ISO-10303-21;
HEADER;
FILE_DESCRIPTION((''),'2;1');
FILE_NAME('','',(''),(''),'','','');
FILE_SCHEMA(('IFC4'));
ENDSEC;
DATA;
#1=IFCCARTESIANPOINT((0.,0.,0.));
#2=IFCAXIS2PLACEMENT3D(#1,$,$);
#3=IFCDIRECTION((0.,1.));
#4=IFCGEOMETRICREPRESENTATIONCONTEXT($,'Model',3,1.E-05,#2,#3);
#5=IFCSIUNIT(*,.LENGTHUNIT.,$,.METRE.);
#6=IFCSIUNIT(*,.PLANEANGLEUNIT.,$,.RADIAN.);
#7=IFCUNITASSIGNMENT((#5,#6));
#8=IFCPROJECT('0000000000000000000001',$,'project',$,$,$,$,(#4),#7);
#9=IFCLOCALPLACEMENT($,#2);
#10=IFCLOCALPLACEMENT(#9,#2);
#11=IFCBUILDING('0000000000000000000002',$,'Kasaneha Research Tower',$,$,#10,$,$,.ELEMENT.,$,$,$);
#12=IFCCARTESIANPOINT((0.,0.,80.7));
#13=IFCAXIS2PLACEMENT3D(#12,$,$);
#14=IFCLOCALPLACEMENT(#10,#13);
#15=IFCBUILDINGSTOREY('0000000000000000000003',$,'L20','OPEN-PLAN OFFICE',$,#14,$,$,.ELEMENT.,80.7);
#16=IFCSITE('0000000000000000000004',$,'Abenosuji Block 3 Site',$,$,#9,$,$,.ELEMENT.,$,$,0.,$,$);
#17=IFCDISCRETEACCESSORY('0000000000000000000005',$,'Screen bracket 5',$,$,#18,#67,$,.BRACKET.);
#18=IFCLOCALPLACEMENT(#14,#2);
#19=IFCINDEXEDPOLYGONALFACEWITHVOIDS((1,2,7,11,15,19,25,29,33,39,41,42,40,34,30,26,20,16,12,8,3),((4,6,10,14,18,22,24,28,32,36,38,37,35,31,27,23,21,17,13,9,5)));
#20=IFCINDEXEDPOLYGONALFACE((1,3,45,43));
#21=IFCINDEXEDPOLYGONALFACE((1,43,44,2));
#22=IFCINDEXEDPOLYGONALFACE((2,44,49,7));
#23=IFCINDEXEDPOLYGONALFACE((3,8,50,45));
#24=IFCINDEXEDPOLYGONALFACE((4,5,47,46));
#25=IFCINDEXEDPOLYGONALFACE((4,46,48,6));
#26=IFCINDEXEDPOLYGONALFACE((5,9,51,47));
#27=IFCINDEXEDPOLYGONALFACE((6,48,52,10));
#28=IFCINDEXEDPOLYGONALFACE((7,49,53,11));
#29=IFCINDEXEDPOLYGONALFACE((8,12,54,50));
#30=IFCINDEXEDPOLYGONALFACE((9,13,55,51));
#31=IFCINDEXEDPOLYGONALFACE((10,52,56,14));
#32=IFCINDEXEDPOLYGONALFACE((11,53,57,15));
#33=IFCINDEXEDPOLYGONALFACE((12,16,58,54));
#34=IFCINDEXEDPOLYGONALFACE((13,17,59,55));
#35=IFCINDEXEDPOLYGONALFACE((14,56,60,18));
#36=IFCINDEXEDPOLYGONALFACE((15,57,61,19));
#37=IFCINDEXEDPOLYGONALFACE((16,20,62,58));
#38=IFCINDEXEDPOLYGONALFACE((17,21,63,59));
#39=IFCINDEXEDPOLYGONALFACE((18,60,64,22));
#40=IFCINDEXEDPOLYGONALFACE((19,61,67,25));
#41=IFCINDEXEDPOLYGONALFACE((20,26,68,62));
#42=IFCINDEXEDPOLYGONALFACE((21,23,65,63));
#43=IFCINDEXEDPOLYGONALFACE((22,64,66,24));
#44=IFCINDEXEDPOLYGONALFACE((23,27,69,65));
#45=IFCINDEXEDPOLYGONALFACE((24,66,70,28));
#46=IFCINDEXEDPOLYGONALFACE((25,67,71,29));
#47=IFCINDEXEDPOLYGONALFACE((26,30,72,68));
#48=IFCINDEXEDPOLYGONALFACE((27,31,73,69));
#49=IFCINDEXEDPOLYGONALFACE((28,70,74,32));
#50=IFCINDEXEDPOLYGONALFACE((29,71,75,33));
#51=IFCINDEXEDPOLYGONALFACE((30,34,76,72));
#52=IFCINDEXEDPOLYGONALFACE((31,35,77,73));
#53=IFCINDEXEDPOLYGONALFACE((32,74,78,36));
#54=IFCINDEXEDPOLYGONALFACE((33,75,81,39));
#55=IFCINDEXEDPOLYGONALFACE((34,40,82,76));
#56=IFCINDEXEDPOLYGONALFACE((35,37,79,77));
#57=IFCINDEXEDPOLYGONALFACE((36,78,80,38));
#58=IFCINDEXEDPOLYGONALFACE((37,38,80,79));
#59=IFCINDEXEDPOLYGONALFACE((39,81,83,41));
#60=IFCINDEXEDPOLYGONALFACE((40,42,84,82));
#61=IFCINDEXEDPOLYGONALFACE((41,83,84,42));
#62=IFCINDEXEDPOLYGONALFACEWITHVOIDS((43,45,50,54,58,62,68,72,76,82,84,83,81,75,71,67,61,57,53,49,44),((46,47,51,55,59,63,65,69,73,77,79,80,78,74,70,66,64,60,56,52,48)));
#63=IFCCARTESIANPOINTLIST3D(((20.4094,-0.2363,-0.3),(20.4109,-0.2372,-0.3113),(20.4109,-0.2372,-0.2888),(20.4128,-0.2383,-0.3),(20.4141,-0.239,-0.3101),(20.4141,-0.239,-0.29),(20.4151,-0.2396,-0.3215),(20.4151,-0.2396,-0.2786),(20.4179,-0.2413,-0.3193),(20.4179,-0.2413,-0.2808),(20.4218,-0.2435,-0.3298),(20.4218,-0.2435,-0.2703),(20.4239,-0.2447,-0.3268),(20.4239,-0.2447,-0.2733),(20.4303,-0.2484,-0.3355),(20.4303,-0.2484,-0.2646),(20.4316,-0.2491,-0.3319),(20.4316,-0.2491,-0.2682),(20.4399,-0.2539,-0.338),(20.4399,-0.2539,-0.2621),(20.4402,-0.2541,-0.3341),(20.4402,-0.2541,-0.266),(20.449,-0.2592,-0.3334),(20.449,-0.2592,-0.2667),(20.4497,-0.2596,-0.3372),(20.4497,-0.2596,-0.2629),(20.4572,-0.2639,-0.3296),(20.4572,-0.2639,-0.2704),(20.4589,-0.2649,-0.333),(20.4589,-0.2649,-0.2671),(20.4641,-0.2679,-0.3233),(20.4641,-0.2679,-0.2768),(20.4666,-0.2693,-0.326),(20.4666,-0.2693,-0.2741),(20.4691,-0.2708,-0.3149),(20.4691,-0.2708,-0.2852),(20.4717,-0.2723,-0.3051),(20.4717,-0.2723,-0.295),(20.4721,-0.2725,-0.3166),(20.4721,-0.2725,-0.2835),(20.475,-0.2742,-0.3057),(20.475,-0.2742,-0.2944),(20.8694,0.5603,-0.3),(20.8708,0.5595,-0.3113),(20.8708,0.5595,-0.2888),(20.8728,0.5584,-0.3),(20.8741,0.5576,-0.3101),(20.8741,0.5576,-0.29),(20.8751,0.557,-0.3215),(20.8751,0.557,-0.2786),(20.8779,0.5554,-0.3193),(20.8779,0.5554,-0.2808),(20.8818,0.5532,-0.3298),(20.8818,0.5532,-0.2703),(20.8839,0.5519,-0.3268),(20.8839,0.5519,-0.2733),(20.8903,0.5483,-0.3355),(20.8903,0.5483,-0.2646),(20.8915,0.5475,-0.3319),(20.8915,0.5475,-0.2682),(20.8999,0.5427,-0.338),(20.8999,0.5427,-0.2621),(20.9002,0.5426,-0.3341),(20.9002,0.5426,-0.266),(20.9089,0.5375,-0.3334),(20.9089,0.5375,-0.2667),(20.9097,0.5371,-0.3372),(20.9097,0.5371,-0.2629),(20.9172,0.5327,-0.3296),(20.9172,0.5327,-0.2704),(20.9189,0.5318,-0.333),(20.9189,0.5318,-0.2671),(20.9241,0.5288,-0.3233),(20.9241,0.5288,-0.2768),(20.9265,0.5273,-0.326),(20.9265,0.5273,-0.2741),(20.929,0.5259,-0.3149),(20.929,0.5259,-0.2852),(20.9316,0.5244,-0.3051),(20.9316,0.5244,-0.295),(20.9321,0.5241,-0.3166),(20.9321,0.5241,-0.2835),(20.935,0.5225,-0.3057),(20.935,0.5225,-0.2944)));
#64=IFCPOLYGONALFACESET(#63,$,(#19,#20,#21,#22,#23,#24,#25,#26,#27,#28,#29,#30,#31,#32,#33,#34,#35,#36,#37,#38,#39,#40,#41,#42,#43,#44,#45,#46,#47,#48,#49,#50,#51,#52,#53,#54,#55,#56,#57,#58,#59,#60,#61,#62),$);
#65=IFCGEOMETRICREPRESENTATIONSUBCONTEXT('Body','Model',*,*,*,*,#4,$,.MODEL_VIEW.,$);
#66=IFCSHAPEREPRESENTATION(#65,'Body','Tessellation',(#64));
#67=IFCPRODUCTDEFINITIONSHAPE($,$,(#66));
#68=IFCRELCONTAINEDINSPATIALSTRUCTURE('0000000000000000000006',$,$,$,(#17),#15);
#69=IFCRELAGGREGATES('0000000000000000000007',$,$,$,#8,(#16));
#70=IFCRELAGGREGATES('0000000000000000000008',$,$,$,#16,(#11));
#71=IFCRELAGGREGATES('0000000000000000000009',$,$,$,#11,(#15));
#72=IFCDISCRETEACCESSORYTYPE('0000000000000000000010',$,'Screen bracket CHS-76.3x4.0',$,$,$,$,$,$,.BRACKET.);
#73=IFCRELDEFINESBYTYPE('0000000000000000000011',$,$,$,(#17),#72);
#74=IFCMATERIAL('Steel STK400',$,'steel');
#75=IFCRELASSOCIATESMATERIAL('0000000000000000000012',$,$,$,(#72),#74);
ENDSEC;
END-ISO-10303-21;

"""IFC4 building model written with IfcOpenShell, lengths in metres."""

from ifc_helpers import new_model, si_unit, direction, frame, origin, origin_2d, place, context, subcontext, project, spatial, hollow_circle, extrude, material, material_profile, profile_set, type_object, element, save


model = new_model("IFC4")

# Units and contexts
model_context = context("Model", 3, precision=1e-05, world=origin(), true_north=direction((0.0, 1.0)))
body_context = subcontext(model_context, "Body", "Model", "MODEL_VIEW")
ifc_project = project(units=[si_unit("LENGTHUNIT", "METRE"), si_unit("PLANEANGLEUNIT", "RADIAN")], contexts=[model_context])

# Site, building, storey
site_placement = place(None, origin())
site = spatial("IfcSite", under=ifc_project, at=site_placement, Name="Abenosuji Block 3 Site", CompositionType="ELEMENT", RefElevation=0.0)
building_placement = place(site_placement, origin())
building = spatial("IfcBuilding", under=site, at=building_placement, Name="Kasaneha Research Tower", CompositionType="ELEMENT")
storey_placement = place(building_placement, frame((0.0, 0.0, 80.7)))
storey = spatial("IfcBuildingStorey", under=building, at=storey_placement, Name="L20", Description="OPEN-PLAN OFFICE", CompositionType="ELEMENT", Elevation=80.7)

# Discrete accessory
ifc_material_1 = material(Name="Steel STK400", Category="steel")
ifc_material_profile_1 = material_profile(ifc_material_1, hollow_circle(Radius=0.0381, WallThickness=0.0039, at=origin_2d()), Name="CHS-76.3x4.0")
ifc_profile_set_1 = profile_set([ifc_material_profile_1], Name="Steel STK400")
discrete_accessory_type = type_object("IfcDiscreteAccessoryType", Name="Screen bracket CHS-76.3x4.0", PredefinedType="BRACKET", material=ifc_profile_set_1)
discrete_accessory_1_placement = place(storey_placement, frame((20.4424, -0.2554, -0.3), z_axis=(0.500021, 0.866013, 0.0), x_axis=(-0.866013, 0.500021, 0.0)))
element("IfcDiscreteAccessory", 1, at=discrete_accessory_1_placement, inside=storey, type_object=discrete_accessory_type, Name="Screen bracket 5", PredefinedType="BRACKET", context=body_context, shape_type="SweptSolid", body=[
    extrude(hollow_circle(Radius=0.0381, WallThickness=0.0039, at=origin_2d()), origin(), (0.0, 0.0, 1.0), 0.9199),
])

save(model, "model.ifc")
